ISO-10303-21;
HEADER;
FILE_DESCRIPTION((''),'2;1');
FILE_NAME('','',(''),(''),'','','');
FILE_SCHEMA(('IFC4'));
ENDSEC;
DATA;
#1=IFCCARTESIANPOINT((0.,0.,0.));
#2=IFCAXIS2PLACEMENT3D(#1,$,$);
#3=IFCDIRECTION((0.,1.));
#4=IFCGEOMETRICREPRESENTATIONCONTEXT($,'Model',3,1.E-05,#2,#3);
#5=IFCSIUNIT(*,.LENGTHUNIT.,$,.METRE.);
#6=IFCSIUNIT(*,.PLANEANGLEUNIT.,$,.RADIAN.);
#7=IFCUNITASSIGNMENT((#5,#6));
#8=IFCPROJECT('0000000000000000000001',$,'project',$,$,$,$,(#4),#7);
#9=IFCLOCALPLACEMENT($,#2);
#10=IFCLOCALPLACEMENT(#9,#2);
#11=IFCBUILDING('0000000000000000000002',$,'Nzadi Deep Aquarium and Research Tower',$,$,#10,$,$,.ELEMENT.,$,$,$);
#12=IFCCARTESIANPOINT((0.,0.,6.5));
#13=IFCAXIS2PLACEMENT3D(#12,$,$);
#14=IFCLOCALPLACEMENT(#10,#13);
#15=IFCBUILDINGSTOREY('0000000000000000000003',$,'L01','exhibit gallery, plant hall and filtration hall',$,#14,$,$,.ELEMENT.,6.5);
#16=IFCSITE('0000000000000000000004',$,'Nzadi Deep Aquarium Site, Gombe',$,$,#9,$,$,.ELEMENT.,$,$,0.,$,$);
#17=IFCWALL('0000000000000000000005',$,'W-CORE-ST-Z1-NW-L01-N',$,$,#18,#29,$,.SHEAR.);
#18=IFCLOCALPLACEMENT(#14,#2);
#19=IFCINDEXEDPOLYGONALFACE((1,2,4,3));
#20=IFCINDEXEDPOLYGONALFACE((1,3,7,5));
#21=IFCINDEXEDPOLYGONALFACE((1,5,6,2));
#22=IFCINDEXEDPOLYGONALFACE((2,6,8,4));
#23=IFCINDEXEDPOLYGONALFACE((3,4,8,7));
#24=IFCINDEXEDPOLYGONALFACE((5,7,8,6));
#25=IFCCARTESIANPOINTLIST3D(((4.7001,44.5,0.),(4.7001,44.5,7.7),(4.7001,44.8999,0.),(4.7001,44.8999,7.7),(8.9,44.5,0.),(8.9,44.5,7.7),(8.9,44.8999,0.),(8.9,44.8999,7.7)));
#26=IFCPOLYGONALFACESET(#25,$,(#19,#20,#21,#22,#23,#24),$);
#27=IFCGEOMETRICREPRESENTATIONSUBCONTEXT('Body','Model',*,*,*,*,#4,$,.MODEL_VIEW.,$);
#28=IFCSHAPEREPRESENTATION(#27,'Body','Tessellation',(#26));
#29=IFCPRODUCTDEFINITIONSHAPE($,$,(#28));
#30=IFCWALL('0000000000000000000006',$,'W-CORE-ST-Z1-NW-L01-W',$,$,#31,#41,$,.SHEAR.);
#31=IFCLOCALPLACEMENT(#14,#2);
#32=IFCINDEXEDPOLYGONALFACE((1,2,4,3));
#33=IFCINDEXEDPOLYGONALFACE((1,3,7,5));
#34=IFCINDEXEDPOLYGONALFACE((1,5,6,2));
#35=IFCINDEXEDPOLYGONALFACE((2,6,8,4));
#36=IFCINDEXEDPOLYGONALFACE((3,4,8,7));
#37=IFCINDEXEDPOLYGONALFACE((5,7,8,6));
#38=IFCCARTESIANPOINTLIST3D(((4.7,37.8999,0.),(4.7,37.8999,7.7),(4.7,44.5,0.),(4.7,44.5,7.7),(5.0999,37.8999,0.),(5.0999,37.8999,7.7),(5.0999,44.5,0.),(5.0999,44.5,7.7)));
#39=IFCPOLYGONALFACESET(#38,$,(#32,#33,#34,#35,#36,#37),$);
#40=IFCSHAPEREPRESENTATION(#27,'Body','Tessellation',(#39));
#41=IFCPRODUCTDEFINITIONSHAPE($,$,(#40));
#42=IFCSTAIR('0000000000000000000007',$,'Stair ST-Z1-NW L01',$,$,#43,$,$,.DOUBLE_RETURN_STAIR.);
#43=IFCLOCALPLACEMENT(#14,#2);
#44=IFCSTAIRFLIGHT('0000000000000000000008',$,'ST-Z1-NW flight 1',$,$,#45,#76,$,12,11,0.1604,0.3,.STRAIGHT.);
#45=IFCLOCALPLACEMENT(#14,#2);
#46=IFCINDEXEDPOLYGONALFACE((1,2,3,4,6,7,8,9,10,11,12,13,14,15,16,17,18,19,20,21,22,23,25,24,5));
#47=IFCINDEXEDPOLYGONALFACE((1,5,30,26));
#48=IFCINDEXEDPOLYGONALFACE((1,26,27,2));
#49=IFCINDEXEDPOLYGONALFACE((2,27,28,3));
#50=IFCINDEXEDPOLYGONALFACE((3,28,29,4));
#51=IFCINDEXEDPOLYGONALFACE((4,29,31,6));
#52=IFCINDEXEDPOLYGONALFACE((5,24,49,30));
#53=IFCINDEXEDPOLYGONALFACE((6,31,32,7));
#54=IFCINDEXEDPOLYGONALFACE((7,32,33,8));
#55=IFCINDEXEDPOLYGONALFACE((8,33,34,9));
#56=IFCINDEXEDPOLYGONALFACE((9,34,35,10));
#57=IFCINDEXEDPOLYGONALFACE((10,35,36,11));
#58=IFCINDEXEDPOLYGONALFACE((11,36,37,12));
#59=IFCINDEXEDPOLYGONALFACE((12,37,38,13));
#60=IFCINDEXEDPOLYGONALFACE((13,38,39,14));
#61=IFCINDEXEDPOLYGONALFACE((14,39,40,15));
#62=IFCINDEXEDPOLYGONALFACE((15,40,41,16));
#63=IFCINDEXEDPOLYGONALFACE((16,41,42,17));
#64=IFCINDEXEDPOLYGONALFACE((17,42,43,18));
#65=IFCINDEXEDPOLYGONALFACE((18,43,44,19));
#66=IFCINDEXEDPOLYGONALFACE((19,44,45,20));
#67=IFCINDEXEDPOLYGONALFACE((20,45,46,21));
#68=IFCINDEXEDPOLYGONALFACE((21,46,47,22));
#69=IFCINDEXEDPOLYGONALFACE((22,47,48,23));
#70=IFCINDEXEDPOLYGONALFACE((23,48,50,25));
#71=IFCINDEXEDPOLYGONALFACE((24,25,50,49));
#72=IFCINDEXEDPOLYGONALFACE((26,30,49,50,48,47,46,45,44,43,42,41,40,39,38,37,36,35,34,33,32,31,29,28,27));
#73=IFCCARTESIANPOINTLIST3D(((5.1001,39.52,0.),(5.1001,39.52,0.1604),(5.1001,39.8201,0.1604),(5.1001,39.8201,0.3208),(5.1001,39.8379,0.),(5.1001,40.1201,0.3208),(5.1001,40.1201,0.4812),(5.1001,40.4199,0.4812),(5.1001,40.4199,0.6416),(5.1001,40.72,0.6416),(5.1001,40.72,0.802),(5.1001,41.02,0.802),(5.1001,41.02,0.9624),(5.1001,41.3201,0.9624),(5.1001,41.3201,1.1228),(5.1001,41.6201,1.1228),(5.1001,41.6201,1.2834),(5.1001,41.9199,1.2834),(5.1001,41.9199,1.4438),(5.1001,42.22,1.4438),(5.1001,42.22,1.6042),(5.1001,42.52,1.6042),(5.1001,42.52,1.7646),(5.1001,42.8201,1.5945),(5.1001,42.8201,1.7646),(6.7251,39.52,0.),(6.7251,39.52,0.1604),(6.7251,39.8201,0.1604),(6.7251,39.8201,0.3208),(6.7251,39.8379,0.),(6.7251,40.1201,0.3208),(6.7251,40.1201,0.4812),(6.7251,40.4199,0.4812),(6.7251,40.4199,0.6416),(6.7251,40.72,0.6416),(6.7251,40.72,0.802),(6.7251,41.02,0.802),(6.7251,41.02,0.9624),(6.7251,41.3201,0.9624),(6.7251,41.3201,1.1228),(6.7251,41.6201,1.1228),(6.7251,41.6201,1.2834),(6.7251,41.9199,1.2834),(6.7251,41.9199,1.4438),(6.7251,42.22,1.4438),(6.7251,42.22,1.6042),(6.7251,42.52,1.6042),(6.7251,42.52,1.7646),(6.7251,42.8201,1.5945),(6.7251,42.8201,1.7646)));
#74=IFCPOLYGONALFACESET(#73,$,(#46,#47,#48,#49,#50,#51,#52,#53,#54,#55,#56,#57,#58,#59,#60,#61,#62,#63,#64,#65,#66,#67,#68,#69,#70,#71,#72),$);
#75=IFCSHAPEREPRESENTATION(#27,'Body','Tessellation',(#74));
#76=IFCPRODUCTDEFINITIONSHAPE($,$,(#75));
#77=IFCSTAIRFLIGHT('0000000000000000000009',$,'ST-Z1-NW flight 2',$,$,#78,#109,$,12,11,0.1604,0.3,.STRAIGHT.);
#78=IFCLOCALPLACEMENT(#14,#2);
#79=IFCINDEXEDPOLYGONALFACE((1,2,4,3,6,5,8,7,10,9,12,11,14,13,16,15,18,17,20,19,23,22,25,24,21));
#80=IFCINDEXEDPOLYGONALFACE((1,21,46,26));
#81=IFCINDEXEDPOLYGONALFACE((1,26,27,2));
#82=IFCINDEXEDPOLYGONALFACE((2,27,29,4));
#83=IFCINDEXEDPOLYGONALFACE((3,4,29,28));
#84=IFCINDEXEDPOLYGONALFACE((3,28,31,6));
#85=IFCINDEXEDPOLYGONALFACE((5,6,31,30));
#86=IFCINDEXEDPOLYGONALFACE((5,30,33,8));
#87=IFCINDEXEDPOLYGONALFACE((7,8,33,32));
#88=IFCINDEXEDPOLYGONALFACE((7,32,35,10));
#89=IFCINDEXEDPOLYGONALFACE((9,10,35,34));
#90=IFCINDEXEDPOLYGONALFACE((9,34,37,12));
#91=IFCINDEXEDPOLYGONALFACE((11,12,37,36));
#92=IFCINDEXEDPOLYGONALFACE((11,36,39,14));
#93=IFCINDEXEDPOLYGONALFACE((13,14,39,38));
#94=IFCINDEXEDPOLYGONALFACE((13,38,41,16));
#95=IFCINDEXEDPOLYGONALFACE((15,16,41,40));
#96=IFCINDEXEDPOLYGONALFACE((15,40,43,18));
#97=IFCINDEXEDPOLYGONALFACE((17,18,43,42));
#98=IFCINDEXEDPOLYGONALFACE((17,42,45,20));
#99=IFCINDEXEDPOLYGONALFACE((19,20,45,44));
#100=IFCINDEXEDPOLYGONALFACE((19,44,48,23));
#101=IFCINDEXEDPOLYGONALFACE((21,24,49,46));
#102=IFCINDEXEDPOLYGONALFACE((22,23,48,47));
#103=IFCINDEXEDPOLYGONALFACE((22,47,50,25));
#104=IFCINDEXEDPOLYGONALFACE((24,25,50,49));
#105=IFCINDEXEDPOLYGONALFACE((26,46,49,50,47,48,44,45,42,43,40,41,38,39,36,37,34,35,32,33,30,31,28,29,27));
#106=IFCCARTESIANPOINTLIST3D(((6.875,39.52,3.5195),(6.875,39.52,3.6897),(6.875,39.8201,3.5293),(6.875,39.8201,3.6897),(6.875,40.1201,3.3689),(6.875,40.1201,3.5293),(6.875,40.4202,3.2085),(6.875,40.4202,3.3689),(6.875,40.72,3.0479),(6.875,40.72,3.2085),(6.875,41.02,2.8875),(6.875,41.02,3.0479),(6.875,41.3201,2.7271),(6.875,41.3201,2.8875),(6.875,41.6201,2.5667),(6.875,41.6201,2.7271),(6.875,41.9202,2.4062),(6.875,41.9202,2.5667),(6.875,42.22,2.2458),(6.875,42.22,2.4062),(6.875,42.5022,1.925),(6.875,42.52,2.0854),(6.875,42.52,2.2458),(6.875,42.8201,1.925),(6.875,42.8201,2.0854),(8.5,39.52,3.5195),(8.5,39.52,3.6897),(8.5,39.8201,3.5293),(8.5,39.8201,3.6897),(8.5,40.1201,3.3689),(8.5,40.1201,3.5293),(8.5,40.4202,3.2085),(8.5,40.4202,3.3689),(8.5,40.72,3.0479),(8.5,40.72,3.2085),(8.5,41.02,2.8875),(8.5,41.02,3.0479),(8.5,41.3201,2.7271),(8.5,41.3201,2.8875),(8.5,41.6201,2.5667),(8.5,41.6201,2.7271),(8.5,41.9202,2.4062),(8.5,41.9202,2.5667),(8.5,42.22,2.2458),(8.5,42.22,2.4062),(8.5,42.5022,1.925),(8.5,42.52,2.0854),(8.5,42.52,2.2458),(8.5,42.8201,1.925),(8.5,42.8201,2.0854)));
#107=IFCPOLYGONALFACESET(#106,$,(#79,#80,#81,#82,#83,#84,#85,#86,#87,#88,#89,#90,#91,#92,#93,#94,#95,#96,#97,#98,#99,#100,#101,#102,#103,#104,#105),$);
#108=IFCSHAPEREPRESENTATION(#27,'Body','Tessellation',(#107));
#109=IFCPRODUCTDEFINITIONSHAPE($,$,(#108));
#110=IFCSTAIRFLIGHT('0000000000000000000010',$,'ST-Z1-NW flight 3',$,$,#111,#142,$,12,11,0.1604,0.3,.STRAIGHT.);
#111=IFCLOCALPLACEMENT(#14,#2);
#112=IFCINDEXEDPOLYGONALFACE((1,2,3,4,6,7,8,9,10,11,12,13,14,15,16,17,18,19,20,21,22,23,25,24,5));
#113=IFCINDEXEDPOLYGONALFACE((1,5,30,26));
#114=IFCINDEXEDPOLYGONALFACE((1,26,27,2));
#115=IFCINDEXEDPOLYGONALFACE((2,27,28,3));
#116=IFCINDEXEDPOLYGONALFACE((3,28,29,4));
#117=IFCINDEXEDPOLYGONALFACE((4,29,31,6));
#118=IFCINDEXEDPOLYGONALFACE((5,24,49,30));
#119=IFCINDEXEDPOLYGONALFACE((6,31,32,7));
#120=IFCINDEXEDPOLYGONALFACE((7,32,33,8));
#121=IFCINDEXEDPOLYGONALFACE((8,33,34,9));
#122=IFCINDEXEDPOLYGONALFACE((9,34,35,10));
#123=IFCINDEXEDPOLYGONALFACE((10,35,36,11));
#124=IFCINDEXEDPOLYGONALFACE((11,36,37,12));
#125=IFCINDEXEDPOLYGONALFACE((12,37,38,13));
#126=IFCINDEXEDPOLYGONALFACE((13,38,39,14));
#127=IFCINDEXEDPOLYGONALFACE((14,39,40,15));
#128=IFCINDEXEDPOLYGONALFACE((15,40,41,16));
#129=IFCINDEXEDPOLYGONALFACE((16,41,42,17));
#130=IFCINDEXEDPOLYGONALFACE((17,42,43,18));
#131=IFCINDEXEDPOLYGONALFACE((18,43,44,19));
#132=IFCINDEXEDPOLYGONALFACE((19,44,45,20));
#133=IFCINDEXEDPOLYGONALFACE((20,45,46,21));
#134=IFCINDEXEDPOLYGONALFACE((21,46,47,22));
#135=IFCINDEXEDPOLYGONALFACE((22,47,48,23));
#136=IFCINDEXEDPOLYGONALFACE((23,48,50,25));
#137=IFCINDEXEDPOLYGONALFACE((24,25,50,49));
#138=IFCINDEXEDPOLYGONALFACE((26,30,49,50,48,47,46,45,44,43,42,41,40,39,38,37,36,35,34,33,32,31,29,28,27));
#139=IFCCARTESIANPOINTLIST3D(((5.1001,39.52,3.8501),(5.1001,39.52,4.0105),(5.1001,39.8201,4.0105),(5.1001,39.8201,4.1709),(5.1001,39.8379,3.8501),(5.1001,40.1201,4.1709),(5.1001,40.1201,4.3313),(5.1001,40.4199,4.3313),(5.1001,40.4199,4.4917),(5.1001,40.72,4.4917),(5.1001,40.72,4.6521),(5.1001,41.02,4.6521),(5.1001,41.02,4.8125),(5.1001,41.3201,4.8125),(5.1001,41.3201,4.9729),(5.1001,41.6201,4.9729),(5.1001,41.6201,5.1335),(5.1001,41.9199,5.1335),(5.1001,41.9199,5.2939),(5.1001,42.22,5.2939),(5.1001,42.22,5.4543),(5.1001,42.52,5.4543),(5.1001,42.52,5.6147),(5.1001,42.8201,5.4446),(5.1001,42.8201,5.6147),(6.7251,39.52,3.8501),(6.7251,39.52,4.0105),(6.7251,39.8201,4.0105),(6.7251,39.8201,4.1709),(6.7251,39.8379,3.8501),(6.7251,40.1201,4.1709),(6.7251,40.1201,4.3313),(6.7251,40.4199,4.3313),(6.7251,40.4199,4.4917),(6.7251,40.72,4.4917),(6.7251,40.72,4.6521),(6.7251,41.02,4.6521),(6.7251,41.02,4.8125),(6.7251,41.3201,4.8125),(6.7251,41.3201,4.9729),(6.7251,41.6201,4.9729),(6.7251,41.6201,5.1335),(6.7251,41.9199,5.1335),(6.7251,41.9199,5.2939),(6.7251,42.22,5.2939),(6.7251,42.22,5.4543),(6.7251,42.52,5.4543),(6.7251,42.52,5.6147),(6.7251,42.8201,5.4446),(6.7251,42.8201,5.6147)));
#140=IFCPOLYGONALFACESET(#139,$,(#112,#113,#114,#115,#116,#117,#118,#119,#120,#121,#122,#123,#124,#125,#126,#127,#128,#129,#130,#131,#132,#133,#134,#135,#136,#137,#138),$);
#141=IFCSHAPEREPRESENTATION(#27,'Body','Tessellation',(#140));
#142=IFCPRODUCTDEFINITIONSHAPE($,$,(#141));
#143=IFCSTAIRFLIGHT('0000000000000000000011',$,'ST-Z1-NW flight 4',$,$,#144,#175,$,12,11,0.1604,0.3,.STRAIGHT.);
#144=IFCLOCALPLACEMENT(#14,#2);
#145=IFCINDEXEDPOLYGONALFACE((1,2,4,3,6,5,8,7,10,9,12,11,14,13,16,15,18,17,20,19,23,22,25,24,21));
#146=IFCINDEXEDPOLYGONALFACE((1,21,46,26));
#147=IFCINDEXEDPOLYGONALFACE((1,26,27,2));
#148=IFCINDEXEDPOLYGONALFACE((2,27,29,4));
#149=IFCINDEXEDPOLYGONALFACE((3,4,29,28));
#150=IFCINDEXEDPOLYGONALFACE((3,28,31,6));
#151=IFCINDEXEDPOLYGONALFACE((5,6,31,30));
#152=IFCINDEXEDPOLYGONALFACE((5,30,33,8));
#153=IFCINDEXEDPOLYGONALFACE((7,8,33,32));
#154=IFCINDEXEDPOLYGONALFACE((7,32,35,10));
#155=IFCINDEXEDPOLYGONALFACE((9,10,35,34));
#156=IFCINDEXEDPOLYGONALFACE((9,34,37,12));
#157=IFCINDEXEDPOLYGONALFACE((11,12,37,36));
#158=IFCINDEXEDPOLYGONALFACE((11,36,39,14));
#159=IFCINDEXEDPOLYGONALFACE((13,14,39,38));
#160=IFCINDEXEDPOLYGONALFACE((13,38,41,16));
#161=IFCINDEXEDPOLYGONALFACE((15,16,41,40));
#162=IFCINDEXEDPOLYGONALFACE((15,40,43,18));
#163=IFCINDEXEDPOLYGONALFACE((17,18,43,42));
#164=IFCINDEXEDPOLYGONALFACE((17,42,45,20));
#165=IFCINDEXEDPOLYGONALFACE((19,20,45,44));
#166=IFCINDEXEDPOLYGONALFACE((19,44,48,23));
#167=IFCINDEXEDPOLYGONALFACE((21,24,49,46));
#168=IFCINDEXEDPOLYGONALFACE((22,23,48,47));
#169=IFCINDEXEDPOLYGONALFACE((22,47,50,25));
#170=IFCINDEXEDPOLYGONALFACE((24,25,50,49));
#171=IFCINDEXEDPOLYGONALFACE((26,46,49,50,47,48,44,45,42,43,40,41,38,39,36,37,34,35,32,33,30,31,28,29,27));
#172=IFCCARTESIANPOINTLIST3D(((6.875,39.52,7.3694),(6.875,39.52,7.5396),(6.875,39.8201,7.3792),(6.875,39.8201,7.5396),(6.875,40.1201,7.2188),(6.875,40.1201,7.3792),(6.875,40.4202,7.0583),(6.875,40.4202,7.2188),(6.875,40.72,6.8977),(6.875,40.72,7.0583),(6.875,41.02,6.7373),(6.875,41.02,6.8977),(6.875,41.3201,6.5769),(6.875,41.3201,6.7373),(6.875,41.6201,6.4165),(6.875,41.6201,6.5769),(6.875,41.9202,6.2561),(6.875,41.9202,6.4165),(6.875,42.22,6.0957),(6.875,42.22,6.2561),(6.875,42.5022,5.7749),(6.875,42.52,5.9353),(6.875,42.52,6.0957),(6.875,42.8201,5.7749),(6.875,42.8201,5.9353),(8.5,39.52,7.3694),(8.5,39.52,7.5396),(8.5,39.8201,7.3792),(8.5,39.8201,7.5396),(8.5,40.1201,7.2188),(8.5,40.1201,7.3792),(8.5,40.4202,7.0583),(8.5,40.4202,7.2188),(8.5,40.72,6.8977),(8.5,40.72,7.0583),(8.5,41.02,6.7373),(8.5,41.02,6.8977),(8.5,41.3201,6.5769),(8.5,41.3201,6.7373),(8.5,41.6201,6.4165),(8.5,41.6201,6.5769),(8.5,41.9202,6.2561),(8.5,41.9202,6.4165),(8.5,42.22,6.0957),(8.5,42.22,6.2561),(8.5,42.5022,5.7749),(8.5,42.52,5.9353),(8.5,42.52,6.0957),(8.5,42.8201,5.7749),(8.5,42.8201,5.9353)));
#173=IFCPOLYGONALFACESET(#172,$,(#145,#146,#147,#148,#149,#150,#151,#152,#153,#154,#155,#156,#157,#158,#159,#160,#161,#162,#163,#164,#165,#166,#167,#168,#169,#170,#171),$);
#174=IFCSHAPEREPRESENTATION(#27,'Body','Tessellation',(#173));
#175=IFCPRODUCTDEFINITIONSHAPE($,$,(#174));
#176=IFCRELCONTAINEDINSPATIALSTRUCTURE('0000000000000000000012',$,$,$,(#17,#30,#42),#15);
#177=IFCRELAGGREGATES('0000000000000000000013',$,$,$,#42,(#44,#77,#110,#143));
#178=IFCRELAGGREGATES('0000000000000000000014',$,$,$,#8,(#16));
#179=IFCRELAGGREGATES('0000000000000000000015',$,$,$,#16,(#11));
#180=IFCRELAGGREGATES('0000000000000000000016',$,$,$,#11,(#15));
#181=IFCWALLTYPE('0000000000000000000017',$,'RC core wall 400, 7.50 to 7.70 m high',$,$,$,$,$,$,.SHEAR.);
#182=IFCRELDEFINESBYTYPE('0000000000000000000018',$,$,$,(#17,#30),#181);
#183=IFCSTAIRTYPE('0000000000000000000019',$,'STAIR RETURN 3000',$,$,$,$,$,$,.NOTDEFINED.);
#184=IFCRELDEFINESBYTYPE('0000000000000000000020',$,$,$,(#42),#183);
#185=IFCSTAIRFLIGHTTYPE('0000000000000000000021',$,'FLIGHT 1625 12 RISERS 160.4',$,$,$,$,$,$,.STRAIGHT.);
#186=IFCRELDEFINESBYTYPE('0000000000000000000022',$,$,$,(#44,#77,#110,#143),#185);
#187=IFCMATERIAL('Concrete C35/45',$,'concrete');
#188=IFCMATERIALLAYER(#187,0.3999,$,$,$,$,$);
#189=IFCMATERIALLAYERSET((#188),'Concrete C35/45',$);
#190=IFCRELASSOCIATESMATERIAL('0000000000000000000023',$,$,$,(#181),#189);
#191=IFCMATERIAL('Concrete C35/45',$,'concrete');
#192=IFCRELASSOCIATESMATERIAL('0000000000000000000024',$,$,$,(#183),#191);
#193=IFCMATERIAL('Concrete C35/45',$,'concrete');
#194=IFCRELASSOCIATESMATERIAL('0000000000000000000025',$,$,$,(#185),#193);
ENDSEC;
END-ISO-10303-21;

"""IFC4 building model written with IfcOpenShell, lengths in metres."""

from ifc_helpers import new_model, si_unit, direction, frame, frame_2d, origin, place, context, subcontext, project, spatial, polyline, rectangle, outline, extrude, material, layer, layer_set, type_object, element, aggregate, save


model = new_model("IFC4")

# Units and contexts
model_context = context("Model", 3, precision=1e-05, world=origin(), true_north=direction((0.0, 1.0)))
body_context = subcontext(model_context, "Body", "Model", "MODEL_VIEW")
ifc_project = project(units=[si_unit("LENGTHUNIT", "METRE"), si_unit("PLANEANGLEUNIT", "RADIAN")], contexts=[model_context])

# Site, building, storey
site_placement = place(None, origin())
site = spatial("IfcSite", under=ifc_project, at=site_placement, Name="Nzadi Deep Aquarium Site, Gombe", CompositionType="ELEMENT", RefElevation=0.0)
building_placement = place(site_placement, origin())
building = spatial("IfcBuilding", under=site, at=building_placement, Name="Nzadi Deep Aquarium and Research Tower", CompositionType="ELEMENT")
storey_placement = place(building_placement, frame((0.0, 0.0, 6.5)))
storey = spatial("IfcBuildingStorey", under=building, at=storey_placement, Name="L01", Description="exhibit gallery, plant hall and filtration hall", CompositionType="ELEMENT", Elevation=6.5)

# Shared definitions
ifc_material_1 = material(Name="Concrete C35/45", Category="concrete")
ifc_layer_1 = layer(ifc_material_1, 0.3999)
ifc_layer_set_1 = layer_set([ifc_layer_1], Name="Concrete C35/45")
wall_type_1 = type_object("IfcWallType", Name="RC core wall 400, 7.50 to 7.70 m high", PredefinedType="SHEAR", material=ifc_layer_set_1)

# Walls
wall_1_placement = place(storey_placement, frame((4.7, 44.7, 0.0), z_axis=(0.0, 0.0, 1.0), x_axis=(1.0, 0.0, 0.0)))
element("IfcWall", 1, at=wall_1_placement, inside=storey, type_object=wall_type_1, Name="W-CORE-ST-Z1-NW-L01-N", PredefinedType="SHEAR", context=body_context, shape_type="SweptSolid", body=[
    extrude(rectangle(XDim=4.2, YDim=0.3999, at=frame_2d((2.1001, 0.0))), origin(), (0.0, 0.0, 1.0), 7.7),
])
wall_2_placement = place(storey_placement, frame((4.8999, 37.8999, 0.0), z_axis=(0.0, 0.0, 1.0), x_axis=(0.0, 1.0, 0.0)))
element("IfcWall", 2, at=wall_2_placement, inside=storey, type_object=wall_type_1, Name="W-CORE-ST-Z1-NW-L01-W", PredefinedType="SHEAR", context=body_context, shape_type="SweptSolid", body=[
    extrude(rectangle(XDim=6.6001, YDim=0.3999, at=frame_2d((3.3, 0.0))), origin(), (0.0, 0.0, 1.0), 7.7),
])

# Stair, stair flights
ifc_material_2 = material(Name="Concrete C35/45", Category="concrete")
stair_type = type_object("IfcStairType", Name="STAIR RETURN 3000", PredefinedType="NOTDEFINED", material=ifc_material_2)
stair_placement = place(storey_placement, origin())
stair = element("IfcStair", 3, at=stair_placement, inside=storey, type_object=stair_type, Name="Stair ST-Z1-NW L01", PredefinedType="DOUBLE_RETURN_STAIR")
ifc_material_3 = material(Name="Concrete C35/45", Category="concrete")
stair_flight_type = type_object("IfcStairFlightType", Name="FLIGHT 1625 12 RISERS 160.4", PredefinedType="STRAIGHT", material=ifc_material_3)
stair_flight_1_placement = place(storey_placement, frame((5.9126, 39.52, 0.0), z_axis=(0.0, 0.0, 1.0), x_axis=(0.0, 1.0, 0.0)))
stair_flight_1 = element("IfcStairFlight", 4, at=stair_flight_1_placement, type_object=stair_flight_type, Name="ST-Z1-NW flight 1", NumberOfRisers=12, NumberOfTreads=11, PredefinedType="STRAIGHT", RiserHeight=0.1604, TreadLength=0.3, context=body_context, shape_type="SweptSolid", body=[
    extrude(outline(polyline([(0.0, 0.0), (0.0, 0.1604), (0.3, 0.1604), (0.3, 0.3208), (0.6001, 0.3208), (0.6001, 0.4812), (0.8999, 0.4812), (0.8999, 0.6416), (1.2, 0.6416), (1.2, 0.802), (1.5, 0.802), (1.5, 0.9624), (1.8, 0.9624), (1.8, 1.1228), (2.1001, 1.1228), (2.1001, 1.2834), (2.3999, 1.2834), (2.3999, 1.4438), (2.7, 1.4438), (2.7, 1.6042), (3.0, 1.6042), (3.0, 1.7646), (3.3, 1.7646), (3.3, 1.925), (3.3, 1.5945), (0.3179, 0.0), (0.0, 0.0)])), frame((0.0, 0.8125, 0.0), z_axis=(0.0, -1.0, 0.0), x_axis=(1.0, 0.0, 0.0)), (0.0, 0.0, 1.0), 1.625),
])
stair_flight_2_placement = place(storey_placement, frame((7.6875, 42.8201, 1.925), z_axis=(0.0, 0.0, 1.0), x_axis=(0.0, -1.0, 0.0)))
stair_flight_2 = element("IfcStairFlight", 5, at=stair_flight_2_placement, type_object=stair_flight_type, Name="ST-Z1-NW flight 2", NumberOfRisers=12, NumberOfTreads=11, PredefinedType="STRAIGHT", RiserHeight=0.1604, TreadLength=0.3, context=body_context, shape_type="SweptSolid", body=[
    extrude(outline(polyline([(0.0, 0.0), (0.0, 0.1604), (0.3, 0.1604), (0.3, 0.3208), (0.6001, 0.3208), (0.6001, 0.4812), (0.8999, 0.4812), (0.8999, 0.6416), (1.2, 0.6416), (1.2, 0.802), (1.5, 0.802), (1.5, 0.9624), (1.8, 0.9624), (1.8, 1.1228), (2.1001, 1.1228), (2.1001, 1.2834), (2.3999, 1.2834), (2.3999, 1.4438), (2.7, 1.4438), (2.7, 1.6042), (3.0, 1.6042), (3.0, 1.7646), (3.3, 1.7646), (3.3, 1.925), (3.3, 1.5945), (0.3179, 0.0), (0.0, 0.0)])), frame((0.0, 0.8125, 0.0), z_axis=(0.0, -1.0, 0.0), x_axis=(1.0, 0.0, 0.0)), (0.0, 0.0, 1.0), 1.625),
])
stair_flight_3_placement = place(storey_placement, frame((5.9126, 39.52, 3.8501), z_axis=(0.0, 0.0, 1.0), x_axis=(0.0, 1.0, 0.0)))
stair_flight_3 = element("IfcStairFlight", 6, at=stair_flight_3_placement, type_object=stair_flight_type, Name="ST-Z1-NW flight 3", NumberOfRisers=12, NumberOfTreads=11, PredefinedType="STRAIGHT", RiserHeight=0.1604, TreadLength=0.3, context=body_context, shape_type="SweptSolid", body=[
    extrude(outline(polyline([(0.0, 0.0), (0.0, 0.1604), (0.3, 0.1604), (0.3, 0.3208), (0.6001, 0.3208), (0.6001, 0.4812), (0.8999, 0.4812), (0.8999, 0.6416), (1.2, 0.6416), (1.2, 0.802), (1.5, 0.802), (1.5, 0.9624), (1.8, 0.9624), (1.8, 1.1228), (2.1001, 1.1228), (2.1001, 1.2834), (2.3999, 1.2834), (2.3999, 1.4438), (2.7, 1.4438), (2.7, 1.6042), (3.0, 1.6042), (3.0, 1.7646), (3.3, 1.7646), (3.3, 1.925), (3.3, 1.5945), (0.3179, 0.0), (0.0, 0.0)])), frame((0.0, 0.8125, 0.0), z_axis=(0.0, -1.0, 0.0), x_axis=(1.0, 0.0, 0.0)), (0.0, 0.0, 1.0), 1.625),
])
stair_flight_4_placement = place(storey_placement, frame((7.6875, 42.8201, 5.7749), z_axis=(0.0, 0.0, 1.0), x_axis=(0.0, -1.0, 0.0)))
stair_flight_4 = element("IfcStairFlight", 7, at=stair_flight_4_placement, type_object=stair_flight_type, Name="ST-Z1-NW flight 4", NumberOfRisers=12, NumberOfTreads=11, PredefinedType="STRAIGHT", RiserHeight=0.1604, TreadLength=0.3, context=body_context, shape_type="SweptSolid", body=[
    extrude(outline(polyline([(0.0, 0.0), (0.0, 0.1604), (0.3, 0.1604), (0.3, 0.3208), (0.6001, 0.3208), (0.6001, 0.4812), (0.8999, 0.4812), (0.8999, 0.6416), (1.2, 0.6416), (1.2, 0.802), (1.5, 0.802), (1.5, 0.9624), (1.8, 0.9624), (1.8, 1.1228), (2.1001, 1.1228), (2.1001, 1.2834), (2.3999, 1.2834), (2.3999, 1.4438), (2.7, 1.4438), (2.7, 1.6042), (3.0, 1.6042), (3.0, 1.7646), (3.3, 1.7646), (3.3, 1.925), (3.3, 1.5945), (0.3179, 0.0), (0.0, 0.0)])), frame((0.0, 0.8125, 0.0), z_axis=(0.0, -1.0, 0.0), x_axis=(1.0, 0.0, 0.0)), (0.0, 0.0, 1.0), 1.625),
])
aggregate(stair, [stair_flight_1, stair_flight_2, stair_flight_3, stair_flight_4])

save(model, "model.ifc")
